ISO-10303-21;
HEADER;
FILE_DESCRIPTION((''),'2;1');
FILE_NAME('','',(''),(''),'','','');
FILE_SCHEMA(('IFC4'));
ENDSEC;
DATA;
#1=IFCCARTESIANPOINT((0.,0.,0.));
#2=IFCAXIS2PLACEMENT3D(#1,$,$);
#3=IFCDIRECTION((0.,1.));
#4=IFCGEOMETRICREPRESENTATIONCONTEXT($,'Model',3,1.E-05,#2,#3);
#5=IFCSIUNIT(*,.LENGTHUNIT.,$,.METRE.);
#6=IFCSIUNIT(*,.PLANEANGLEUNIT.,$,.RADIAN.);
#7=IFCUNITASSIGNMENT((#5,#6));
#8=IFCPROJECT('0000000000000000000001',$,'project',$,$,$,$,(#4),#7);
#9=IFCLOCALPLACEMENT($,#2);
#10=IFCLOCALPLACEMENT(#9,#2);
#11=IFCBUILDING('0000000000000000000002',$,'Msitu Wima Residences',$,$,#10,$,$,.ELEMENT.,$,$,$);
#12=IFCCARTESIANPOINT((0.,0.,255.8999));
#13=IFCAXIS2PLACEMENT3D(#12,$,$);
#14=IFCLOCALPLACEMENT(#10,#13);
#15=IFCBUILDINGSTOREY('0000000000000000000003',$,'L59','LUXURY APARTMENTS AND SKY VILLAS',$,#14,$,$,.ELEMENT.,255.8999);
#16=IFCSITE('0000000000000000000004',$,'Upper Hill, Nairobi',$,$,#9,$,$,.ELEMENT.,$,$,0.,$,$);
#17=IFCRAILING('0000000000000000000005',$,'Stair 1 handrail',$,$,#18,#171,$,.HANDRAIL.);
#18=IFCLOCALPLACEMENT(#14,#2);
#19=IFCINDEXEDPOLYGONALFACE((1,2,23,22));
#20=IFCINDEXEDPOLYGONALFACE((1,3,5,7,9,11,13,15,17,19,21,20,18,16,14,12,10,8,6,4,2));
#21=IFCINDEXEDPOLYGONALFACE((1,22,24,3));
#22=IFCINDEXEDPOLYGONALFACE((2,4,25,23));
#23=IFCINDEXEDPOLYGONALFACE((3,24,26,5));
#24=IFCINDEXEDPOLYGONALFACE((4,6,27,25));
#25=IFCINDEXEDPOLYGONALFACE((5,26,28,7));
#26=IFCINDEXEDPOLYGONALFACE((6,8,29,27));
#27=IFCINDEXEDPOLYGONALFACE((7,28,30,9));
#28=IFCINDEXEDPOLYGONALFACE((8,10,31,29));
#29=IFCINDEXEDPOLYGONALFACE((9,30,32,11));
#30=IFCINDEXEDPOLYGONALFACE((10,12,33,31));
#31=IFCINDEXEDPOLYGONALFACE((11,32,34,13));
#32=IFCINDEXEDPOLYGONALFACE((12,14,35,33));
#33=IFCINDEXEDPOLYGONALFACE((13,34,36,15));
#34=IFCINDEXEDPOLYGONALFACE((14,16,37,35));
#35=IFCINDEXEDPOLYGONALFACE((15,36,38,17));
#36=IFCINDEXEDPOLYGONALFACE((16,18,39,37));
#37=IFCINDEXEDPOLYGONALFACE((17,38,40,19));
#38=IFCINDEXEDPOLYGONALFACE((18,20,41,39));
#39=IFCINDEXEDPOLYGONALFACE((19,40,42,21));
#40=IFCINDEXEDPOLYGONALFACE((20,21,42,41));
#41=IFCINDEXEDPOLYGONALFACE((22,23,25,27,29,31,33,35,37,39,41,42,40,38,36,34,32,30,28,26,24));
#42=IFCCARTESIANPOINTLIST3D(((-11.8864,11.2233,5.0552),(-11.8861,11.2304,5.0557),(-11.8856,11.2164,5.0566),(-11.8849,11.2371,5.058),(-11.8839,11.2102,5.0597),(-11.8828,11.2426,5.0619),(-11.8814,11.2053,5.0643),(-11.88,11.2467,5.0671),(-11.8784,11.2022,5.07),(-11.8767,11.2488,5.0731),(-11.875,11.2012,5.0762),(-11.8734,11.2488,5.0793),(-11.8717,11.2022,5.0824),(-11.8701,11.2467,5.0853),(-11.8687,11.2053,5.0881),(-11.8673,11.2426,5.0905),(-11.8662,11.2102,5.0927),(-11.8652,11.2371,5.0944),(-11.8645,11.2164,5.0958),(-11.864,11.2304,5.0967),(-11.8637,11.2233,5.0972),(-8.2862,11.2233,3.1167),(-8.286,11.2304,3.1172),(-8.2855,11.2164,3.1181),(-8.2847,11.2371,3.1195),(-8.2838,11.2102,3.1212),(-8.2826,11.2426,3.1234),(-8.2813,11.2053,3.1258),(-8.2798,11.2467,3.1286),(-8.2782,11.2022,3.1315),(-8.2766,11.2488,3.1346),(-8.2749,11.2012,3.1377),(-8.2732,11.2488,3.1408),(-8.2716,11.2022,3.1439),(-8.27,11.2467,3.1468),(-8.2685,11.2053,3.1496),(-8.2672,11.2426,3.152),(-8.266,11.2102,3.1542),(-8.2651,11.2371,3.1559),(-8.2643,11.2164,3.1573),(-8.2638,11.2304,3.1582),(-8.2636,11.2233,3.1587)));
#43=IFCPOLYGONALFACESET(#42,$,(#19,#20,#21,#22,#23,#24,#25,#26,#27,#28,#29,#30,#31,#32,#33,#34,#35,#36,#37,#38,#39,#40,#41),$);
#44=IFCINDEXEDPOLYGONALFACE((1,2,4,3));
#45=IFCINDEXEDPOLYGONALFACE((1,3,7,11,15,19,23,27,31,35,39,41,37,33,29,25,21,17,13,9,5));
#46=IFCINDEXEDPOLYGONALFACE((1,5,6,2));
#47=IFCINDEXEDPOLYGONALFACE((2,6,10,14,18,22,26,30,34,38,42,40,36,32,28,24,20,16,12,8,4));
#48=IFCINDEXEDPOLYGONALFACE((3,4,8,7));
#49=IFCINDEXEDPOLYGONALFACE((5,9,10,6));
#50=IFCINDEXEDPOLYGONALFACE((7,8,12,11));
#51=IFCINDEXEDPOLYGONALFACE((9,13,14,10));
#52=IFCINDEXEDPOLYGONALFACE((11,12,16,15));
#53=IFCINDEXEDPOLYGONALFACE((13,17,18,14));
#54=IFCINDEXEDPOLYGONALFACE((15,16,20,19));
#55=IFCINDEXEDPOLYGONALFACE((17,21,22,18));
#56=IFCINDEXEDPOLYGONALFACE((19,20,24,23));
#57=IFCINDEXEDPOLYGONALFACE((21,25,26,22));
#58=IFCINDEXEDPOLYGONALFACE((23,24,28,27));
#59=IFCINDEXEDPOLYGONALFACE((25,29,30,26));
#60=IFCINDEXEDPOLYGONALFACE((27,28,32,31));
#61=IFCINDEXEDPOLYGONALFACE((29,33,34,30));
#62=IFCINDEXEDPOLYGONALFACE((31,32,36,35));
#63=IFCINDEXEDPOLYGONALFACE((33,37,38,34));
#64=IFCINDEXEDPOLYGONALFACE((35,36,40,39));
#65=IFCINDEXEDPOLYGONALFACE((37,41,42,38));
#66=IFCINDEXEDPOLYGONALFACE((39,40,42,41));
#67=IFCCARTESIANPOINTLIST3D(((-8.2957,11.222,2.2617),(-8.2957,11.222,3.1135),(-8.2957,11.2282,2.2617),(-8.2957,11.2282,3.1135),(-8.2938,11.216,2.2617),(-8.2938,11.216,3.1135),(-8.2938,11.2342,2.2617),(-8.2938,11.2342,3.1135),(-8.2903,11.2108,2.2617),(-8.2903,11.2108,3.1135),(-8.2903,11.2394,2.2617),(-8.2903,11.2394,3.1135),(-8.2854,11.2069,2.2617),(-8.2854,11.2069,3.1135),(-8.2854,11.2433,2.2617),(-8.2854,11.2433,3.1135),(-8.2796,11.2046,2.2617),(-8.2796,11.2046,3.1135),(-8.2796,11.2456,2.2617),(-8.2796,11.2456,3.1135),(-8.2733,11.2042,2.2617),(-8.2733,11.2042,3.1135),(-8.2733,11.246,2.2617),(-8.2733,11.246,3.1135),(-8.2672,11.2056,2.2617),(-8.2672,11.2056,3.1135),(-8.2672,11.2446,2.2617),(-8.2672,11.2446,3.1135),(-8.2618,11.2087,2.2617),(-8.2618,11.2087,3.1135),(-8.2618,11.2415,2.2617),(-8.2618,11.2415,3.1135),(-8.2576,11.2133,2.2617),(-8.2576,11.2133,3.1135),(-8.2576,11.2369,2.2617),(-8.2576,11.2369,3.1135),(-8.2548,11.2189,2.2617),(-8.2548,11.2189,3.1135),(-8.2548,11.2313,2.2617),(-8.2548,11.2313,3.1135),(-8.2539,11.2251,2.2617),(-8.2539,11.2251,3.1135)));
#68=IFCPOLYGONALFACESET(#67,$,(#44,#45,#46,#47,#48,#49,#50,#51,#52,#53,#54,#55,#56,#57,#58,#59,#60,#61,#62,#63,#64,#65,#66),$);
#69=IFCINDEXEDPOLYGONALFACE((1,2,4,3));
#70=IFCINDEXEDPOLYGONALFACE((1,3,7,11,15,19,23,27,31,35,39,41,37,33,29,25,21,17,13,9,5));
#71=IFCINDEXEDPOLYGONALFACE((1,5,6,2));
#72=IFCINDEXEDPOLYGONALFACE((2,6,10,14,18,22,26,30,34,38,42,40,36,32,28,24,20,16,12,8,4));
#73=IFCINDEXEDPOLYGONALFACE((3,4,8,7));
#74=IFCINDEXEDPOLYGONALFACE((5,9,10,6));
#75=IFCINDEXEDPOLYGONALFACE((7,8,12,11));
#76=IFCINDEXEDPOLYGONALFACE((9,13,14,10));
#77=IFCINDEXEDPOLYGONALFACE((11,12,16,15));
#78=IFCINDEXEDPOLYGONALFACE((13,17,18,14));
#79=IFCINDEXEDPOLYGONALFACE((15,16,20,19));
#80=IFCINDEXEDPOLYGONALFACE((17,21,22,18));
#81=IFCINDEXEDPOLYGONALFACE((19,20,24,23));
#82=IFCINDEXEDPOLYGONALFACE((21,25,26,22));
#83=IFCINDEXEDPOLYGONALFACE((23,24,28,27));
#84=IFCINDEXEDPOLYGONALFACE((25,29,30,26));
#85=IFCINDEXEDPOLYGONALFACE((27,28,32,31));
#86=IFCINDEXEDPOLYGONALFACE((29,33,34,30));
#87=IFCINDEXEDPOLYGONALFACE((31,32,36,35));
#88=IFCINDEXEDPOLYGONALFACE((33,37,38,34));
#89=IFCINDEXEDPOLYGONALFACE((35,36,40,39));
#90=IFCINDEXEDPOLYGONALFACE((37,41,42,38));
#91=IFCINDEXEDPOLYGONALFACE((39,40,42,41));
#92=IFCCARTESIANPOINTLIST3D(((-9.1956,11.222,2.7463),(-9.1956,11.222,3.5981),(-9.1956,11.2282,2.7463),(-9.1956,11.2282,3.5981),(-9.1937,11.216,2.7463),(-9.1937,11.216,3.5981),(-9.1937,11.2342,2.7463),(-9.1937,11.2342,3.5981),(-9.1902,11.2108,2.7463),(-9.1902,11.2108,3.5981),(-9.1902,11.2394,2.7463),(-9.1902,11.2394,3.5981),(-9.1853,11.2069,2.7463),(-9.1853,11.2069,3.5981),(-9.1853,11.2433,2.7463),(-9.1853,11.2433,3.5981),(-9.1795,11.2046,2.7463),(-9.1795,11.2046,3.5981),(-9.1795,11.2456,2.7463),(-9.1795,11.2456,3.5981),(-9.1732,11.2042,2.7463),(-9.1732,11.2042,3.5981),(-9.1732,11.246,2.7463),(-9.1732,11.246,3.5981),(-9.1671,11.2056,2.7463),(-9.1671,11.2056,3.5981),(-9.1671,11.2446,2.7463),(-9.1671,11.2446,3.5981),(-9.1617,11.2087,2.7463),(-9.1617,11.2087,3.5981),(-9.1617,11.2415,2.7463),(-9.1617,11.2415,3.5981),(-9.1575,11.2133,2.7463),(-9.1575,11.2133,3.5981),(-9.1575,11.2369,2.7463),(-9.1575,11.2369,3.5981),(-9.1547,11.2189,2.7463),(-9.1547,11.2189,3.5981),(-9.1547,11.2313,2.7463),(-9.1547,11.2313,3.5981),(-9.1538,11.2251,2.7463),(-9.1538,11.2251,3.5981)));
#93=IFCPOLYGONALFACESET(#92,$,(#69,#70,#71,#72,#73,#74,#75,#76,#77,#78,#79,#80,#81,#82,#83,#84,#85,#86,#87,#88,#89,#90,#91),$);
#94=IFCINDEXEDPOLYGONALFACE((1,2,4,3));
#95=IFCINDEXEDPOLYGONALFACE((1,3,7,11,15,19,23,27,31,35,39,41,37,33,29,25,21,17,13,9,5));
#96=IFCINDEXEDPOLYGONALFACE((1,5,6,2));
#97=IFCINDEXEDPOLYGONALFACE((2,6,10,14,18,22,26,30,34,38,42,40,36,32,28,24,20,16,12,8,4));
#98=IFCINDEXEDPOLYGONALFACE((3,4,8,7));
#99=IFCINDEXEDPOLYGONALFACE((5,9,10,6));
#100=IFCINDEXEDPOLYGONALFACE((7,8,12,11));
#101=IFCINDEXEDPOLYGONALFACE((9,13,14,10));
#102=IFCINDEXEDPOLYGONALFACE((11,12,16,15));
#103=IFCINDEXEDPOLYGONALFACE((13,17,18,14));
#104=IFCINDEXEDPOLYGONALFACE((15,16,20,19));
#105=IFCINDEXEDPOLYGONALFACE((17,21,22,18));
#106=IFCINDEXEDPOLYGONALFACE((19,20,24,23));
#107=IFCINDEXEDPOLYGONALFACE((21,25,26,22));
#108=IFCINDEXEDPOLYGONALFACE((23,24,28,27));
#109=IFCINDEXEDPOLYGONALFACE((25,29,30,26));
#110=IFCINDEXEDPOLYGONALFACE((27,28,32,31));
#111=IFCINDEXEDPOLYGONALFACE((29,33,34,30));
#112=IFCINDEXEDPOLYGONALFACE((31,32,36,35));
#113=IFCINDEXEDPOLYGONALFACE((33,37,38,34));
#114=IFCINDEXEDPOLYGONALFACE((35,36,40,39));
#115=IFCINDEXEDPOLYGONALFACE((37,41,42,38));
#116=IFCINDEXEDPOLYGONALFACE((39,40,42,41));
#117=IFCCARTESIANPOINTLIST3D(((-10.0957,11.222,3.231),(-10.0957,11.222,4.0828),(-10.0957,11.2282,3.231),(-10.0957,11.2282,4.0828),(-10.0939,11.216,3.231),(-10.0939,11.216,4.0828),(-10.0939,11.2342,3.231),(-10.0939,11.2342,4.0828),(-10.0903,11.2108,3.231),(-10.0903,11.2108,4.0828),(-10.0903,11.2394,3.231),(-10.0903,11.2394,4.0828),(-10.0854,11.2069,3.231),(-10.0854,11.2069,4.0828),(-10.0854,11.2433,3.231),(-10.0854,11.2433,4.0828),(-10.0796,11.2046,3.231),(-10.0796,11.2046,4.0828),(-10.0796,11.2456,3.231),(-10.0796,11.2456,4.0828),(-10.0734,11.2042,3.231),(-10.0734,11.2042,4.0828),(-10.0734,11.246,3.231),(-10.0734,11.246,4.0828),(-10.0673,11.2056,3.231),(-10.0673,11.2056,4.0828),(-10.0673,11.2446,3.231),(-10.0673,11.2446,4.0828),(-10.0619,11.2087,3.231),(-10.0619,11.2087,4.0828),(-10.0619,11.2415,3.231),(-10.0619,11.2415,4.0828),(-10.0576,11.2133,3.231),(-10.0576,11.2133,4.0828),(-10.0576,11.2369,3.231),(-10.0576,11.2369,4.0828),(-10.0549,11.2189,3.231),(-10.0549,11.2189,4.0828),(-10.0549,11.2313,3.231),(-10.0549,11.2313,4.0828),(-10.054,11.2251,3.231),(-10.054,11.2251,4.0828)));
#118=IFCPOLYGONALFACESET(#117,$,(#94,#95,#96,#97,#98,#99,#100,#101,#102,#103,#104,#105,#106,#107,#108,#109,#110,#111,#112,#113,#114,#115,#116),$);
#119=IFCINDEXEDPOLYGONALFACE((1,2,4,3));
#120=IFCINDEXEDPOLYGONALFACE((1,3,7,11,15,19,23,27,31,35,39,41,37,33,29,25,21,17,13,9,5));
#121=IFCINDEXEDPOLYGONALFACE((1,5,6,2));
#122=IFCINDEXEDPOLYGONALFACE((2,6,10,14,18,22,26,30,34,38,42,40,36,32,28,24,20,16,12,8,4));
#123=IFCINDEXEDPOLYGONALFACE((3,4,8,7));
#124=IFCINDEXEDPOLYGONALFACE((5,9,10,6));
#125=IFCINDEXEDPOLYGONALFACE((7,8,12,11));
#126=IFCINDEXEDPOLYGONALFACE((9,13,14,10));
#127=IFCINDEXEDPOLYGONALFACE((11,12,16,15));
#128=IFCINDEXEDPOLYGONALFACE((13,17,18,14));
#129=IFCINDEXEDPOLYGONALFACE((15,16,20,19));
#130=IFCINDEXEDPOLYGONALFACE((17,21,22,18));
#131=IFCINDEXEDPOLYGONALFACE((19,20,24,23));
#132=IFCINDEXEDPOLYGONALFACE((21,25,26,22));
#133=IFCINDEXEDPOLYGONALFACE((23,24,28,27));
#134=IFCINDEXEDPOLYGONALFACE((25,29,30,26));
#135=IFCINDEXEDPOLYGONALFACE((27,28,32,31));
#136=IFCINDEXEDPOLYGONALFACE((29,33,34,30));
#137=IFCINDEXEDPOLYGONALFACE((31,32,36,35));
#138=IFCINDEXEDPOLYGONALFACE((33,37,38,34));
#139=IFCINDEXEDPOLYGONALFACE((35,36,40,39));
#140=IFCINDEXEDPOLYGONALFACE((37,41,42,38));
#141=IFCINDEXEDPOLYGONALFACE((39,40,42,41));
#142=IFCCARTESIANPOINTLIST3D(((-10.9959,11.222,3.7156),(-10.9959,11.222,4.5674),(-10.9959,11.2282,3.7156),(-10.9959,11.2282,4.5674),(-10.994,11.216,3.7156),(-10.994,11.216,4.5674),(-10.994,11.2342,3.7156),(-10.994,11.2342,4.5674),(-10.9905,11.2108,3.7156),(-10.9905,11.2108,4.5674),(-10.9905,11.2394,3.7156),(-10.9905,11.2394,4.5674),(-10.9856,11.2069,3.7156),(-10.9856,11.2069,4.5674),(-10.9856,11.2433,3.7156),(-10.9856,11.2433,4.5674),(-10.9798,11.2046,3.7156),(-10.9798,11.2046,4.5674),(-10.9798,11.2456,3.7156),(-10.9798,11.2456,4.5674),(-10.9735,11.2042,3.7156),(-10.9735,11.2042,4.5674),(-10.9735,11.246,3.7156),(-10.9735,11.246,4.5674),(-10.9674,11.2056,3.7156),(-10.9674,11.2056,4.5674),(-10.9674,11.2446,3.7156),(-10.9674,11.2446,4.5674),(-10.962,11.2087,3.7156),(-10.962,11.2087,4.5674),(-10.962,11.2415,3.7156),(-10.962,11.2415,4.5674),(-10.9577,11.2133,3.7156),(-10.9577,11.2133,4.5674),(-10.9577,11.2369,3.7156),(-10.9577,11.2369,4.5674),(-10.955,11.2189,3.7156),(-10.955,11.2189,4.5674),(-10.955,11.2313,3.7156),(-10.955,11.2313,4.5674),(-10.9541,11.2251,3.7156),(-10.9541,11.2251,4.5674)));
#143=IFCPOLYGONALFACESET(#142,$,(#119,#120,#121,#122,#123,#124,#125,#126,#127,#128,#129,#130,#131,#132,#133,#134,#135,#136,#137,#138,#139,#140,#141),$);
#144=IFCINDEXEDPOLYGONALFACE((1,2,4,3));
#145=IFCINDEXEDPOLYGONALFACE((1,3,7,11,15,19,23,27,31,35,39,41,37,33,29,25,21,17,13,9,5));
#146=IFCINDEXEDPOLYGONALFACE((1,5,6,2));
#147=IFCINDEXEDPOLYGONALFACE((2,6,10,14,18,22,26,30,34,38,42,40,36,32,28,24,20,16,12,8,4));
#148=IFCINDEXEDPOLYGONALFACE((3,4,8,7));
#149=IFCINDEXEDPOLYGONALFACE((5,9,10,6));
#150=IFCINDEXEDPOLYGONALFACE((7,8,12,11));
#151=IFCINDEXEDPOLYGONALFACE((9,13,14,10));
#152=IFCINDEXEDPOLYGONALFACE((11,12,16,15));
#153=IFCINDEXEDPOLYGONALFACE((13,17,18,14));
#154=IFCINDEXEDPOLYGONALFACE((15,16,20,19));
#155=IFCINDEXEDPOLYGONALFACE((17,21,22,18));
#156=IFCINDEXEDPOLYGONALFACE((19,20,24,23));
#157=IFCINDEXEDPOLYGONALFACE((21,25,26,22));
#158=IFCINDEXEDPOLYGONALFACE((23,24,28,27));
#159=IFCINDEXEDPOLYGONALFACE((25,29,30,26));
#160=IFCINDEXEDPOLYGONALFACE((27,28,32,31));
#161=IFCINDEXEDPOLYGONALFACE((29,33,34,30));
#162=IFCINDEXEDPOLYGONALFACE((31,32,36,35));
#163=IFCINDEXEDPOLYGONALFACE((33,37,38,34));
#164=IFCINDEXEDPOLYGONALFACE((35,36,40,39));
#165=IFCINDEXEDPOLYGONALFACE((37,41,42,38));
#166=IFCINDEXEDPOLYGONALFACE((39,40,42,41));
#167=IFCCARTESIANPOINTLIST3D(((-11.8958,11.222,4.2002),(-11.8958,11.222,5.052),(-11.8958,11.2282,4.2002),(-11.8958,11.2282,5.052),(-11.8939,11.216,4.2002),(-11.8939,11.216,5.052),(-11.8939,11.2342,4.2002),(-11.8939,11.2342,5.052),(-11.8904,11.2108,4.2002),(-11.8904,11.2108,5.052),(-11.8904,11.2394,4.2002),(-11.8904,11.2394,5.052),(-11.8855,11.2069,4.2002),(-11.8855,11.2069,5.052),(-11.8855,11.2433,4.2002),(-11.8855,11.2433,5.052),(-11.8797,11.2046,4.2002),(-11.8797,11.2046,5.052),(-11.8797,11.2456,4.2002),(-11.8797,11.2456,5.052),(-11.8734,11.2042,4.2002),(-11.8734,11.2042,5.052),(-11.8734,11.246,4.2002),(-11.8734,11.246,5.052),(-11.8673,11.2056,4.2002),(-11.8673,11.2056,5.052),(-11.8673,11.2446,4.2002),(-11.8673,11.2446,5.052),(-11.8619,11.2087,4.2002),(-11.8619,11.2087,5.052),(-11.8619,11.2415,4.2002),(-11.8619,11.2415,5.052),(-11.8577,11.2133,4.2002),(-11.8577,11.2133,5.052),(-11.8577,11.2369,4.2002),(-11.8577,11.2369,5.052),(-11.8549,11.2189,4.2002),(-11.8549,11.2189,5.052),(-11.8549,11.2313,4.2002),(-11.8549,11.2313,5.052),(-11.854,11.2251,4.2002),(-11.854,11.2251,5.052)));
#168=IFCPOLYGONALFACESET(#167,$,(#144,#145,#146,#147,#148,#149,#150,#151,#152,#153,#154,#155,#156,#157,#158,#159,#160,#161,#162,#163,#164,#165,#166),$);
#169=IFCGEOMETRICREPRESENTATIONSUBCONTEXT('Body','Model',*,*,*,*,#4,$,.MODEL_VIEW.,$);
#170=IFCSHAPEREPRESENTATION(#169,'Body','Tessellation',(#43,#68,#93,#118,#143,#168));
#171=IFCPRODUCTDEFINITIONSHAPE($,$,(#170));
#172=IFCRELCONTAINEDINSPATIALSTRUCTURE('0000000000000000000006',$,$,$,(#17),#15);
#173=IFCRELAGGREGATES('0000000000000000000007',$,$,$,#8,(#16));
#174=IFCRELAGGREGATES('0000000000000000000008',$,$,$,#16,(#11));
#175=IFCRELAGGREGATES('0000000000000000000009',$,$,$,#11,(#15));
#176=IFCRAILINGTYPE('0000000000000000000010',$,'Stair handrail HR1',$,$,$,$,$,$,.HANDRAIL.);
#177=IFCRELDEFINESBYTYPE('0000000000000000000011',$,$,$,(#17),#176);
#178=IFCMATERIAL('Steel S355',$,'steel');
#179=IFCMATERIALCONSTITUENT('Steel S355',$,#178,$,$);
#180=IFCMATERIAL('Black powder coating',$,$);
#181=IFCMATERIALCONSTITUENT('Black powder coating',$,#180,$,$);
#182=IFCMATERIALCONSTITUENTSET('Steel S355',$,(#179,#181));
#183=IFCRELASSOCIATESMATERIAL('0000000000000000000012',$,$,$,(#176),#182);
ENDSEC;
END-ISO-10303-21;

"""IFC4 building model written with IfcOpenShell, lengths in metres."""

from ifc_helpers import new_model, si_unit, direction, frame, origin, origin_2d, place, context, subcontext, project, spatial, circle, extrude, material, constituent, constituent_set, type_object, element, save


model = new_model("IFC4")

# Units and contexts
model_context = context("Model", 3, precision=1e-05, world=origin(), true_north=direction((0.0, 1.0)))
body_context = subcontext(model_context, "Body", "Model", "MODEL_VIEW")
ifc_project = project(units=[si_unit("LENGTHUNIT", "METRE"), si_unit("PLANEANGLEUNIT", "RADIAN")], contexts=[model_context])

# Site, building, storey
site_placement = place(None, origin())
site = spatial("IfcSite", under=ifc_project, at=site_placement, Name="Upper Hill, Nairobi", CompositionType="ELEMENT", RefElevation=0.0)
building_placement = place(site_placement, origin())
building = spatial("IfcBuilding", under=site, at=building_placement, Name="Msitu Wima Residences", CompositionType="ELEMENT")
storey_placement = place(building_placement, frame((0.0, 0.0, 255.8999)))
storey = spatial("IfcBuildingStorey", under=building, at=storey_placement, Name="L59", Description="LUXURY APARTMENTS AND SKY VILLAS", CompositionType="ELEMENT", Elevation=255.8999)

# Railing
ifc_material_1 = material(Name="Steel S355", Category="steel")
ifc_constituent_1 = constituent(ifc_material_1, Name="Steel S355")
ifc_material_2 = material(Name="Black powder coating")
ifc_constituent_2 = constituent(ifc_material_2, Name="Black powder coating")
ifc_constituent_set = constituent_set(constituents=[ifc_constituent_1, ifc_constituent_2], Name="Steel S355")
railing_type = type_object("IfcRailingType", Name="Stair handrail HR1", PredefinedType="HANDRAIL", material=ifc_constituent_set)
for number, where, name in (
    (1, (-8.2749, 11.2251, 2.2617), "Stair 1 handrail"),
):
    element("IfcRailing", number, at=place(storey_placement, frame(where)), inside=storey, type_object=railing_type, Name=name, PredefinedType="HANDRAIL", context=body_context, shape_type="SweptSolid", body=[
        extrude(circle(Radius=0.0239, at=origin_2d()), frame((0.0, 0.0, 0.876), z_axis=(-0.880475, 0.0, 0.474093), x_axis=(0.0, -1.0, 0.0)), (0.0, 0.0, 1.0), 4.0889),
        extrude(circle(Radius=0.021, at=origin_2d()), origin(), (0.0, 0.0, 1.0), 0.8518),
        extrude(circle(Radius=0.021, at=origin_2d()), frame((-0.8999, 0.0, 0.4846)), (0.0, 0.0, 1.0), 0.8518),
        extrude(circle(Radius=0.021, at=origin_2d()), frame((-1.8, 0.0, 0.9692)), (0.0, 0.0, 1.0), 0.8518),
        extrude(circle(Radius=0.021, at=origin_2d()), frame((-2.7002, 0.0, 1.4539)), (0.0, 0.0, 1.0), 0.8518),
        extrude(circle(Radius=0.021, at=origin_2d()), frame((-3.6001, 0.0, 1.9385)), (0.0, 0.0, 1.0), 0.8518),
    ])

save(model, "model.ifc")
